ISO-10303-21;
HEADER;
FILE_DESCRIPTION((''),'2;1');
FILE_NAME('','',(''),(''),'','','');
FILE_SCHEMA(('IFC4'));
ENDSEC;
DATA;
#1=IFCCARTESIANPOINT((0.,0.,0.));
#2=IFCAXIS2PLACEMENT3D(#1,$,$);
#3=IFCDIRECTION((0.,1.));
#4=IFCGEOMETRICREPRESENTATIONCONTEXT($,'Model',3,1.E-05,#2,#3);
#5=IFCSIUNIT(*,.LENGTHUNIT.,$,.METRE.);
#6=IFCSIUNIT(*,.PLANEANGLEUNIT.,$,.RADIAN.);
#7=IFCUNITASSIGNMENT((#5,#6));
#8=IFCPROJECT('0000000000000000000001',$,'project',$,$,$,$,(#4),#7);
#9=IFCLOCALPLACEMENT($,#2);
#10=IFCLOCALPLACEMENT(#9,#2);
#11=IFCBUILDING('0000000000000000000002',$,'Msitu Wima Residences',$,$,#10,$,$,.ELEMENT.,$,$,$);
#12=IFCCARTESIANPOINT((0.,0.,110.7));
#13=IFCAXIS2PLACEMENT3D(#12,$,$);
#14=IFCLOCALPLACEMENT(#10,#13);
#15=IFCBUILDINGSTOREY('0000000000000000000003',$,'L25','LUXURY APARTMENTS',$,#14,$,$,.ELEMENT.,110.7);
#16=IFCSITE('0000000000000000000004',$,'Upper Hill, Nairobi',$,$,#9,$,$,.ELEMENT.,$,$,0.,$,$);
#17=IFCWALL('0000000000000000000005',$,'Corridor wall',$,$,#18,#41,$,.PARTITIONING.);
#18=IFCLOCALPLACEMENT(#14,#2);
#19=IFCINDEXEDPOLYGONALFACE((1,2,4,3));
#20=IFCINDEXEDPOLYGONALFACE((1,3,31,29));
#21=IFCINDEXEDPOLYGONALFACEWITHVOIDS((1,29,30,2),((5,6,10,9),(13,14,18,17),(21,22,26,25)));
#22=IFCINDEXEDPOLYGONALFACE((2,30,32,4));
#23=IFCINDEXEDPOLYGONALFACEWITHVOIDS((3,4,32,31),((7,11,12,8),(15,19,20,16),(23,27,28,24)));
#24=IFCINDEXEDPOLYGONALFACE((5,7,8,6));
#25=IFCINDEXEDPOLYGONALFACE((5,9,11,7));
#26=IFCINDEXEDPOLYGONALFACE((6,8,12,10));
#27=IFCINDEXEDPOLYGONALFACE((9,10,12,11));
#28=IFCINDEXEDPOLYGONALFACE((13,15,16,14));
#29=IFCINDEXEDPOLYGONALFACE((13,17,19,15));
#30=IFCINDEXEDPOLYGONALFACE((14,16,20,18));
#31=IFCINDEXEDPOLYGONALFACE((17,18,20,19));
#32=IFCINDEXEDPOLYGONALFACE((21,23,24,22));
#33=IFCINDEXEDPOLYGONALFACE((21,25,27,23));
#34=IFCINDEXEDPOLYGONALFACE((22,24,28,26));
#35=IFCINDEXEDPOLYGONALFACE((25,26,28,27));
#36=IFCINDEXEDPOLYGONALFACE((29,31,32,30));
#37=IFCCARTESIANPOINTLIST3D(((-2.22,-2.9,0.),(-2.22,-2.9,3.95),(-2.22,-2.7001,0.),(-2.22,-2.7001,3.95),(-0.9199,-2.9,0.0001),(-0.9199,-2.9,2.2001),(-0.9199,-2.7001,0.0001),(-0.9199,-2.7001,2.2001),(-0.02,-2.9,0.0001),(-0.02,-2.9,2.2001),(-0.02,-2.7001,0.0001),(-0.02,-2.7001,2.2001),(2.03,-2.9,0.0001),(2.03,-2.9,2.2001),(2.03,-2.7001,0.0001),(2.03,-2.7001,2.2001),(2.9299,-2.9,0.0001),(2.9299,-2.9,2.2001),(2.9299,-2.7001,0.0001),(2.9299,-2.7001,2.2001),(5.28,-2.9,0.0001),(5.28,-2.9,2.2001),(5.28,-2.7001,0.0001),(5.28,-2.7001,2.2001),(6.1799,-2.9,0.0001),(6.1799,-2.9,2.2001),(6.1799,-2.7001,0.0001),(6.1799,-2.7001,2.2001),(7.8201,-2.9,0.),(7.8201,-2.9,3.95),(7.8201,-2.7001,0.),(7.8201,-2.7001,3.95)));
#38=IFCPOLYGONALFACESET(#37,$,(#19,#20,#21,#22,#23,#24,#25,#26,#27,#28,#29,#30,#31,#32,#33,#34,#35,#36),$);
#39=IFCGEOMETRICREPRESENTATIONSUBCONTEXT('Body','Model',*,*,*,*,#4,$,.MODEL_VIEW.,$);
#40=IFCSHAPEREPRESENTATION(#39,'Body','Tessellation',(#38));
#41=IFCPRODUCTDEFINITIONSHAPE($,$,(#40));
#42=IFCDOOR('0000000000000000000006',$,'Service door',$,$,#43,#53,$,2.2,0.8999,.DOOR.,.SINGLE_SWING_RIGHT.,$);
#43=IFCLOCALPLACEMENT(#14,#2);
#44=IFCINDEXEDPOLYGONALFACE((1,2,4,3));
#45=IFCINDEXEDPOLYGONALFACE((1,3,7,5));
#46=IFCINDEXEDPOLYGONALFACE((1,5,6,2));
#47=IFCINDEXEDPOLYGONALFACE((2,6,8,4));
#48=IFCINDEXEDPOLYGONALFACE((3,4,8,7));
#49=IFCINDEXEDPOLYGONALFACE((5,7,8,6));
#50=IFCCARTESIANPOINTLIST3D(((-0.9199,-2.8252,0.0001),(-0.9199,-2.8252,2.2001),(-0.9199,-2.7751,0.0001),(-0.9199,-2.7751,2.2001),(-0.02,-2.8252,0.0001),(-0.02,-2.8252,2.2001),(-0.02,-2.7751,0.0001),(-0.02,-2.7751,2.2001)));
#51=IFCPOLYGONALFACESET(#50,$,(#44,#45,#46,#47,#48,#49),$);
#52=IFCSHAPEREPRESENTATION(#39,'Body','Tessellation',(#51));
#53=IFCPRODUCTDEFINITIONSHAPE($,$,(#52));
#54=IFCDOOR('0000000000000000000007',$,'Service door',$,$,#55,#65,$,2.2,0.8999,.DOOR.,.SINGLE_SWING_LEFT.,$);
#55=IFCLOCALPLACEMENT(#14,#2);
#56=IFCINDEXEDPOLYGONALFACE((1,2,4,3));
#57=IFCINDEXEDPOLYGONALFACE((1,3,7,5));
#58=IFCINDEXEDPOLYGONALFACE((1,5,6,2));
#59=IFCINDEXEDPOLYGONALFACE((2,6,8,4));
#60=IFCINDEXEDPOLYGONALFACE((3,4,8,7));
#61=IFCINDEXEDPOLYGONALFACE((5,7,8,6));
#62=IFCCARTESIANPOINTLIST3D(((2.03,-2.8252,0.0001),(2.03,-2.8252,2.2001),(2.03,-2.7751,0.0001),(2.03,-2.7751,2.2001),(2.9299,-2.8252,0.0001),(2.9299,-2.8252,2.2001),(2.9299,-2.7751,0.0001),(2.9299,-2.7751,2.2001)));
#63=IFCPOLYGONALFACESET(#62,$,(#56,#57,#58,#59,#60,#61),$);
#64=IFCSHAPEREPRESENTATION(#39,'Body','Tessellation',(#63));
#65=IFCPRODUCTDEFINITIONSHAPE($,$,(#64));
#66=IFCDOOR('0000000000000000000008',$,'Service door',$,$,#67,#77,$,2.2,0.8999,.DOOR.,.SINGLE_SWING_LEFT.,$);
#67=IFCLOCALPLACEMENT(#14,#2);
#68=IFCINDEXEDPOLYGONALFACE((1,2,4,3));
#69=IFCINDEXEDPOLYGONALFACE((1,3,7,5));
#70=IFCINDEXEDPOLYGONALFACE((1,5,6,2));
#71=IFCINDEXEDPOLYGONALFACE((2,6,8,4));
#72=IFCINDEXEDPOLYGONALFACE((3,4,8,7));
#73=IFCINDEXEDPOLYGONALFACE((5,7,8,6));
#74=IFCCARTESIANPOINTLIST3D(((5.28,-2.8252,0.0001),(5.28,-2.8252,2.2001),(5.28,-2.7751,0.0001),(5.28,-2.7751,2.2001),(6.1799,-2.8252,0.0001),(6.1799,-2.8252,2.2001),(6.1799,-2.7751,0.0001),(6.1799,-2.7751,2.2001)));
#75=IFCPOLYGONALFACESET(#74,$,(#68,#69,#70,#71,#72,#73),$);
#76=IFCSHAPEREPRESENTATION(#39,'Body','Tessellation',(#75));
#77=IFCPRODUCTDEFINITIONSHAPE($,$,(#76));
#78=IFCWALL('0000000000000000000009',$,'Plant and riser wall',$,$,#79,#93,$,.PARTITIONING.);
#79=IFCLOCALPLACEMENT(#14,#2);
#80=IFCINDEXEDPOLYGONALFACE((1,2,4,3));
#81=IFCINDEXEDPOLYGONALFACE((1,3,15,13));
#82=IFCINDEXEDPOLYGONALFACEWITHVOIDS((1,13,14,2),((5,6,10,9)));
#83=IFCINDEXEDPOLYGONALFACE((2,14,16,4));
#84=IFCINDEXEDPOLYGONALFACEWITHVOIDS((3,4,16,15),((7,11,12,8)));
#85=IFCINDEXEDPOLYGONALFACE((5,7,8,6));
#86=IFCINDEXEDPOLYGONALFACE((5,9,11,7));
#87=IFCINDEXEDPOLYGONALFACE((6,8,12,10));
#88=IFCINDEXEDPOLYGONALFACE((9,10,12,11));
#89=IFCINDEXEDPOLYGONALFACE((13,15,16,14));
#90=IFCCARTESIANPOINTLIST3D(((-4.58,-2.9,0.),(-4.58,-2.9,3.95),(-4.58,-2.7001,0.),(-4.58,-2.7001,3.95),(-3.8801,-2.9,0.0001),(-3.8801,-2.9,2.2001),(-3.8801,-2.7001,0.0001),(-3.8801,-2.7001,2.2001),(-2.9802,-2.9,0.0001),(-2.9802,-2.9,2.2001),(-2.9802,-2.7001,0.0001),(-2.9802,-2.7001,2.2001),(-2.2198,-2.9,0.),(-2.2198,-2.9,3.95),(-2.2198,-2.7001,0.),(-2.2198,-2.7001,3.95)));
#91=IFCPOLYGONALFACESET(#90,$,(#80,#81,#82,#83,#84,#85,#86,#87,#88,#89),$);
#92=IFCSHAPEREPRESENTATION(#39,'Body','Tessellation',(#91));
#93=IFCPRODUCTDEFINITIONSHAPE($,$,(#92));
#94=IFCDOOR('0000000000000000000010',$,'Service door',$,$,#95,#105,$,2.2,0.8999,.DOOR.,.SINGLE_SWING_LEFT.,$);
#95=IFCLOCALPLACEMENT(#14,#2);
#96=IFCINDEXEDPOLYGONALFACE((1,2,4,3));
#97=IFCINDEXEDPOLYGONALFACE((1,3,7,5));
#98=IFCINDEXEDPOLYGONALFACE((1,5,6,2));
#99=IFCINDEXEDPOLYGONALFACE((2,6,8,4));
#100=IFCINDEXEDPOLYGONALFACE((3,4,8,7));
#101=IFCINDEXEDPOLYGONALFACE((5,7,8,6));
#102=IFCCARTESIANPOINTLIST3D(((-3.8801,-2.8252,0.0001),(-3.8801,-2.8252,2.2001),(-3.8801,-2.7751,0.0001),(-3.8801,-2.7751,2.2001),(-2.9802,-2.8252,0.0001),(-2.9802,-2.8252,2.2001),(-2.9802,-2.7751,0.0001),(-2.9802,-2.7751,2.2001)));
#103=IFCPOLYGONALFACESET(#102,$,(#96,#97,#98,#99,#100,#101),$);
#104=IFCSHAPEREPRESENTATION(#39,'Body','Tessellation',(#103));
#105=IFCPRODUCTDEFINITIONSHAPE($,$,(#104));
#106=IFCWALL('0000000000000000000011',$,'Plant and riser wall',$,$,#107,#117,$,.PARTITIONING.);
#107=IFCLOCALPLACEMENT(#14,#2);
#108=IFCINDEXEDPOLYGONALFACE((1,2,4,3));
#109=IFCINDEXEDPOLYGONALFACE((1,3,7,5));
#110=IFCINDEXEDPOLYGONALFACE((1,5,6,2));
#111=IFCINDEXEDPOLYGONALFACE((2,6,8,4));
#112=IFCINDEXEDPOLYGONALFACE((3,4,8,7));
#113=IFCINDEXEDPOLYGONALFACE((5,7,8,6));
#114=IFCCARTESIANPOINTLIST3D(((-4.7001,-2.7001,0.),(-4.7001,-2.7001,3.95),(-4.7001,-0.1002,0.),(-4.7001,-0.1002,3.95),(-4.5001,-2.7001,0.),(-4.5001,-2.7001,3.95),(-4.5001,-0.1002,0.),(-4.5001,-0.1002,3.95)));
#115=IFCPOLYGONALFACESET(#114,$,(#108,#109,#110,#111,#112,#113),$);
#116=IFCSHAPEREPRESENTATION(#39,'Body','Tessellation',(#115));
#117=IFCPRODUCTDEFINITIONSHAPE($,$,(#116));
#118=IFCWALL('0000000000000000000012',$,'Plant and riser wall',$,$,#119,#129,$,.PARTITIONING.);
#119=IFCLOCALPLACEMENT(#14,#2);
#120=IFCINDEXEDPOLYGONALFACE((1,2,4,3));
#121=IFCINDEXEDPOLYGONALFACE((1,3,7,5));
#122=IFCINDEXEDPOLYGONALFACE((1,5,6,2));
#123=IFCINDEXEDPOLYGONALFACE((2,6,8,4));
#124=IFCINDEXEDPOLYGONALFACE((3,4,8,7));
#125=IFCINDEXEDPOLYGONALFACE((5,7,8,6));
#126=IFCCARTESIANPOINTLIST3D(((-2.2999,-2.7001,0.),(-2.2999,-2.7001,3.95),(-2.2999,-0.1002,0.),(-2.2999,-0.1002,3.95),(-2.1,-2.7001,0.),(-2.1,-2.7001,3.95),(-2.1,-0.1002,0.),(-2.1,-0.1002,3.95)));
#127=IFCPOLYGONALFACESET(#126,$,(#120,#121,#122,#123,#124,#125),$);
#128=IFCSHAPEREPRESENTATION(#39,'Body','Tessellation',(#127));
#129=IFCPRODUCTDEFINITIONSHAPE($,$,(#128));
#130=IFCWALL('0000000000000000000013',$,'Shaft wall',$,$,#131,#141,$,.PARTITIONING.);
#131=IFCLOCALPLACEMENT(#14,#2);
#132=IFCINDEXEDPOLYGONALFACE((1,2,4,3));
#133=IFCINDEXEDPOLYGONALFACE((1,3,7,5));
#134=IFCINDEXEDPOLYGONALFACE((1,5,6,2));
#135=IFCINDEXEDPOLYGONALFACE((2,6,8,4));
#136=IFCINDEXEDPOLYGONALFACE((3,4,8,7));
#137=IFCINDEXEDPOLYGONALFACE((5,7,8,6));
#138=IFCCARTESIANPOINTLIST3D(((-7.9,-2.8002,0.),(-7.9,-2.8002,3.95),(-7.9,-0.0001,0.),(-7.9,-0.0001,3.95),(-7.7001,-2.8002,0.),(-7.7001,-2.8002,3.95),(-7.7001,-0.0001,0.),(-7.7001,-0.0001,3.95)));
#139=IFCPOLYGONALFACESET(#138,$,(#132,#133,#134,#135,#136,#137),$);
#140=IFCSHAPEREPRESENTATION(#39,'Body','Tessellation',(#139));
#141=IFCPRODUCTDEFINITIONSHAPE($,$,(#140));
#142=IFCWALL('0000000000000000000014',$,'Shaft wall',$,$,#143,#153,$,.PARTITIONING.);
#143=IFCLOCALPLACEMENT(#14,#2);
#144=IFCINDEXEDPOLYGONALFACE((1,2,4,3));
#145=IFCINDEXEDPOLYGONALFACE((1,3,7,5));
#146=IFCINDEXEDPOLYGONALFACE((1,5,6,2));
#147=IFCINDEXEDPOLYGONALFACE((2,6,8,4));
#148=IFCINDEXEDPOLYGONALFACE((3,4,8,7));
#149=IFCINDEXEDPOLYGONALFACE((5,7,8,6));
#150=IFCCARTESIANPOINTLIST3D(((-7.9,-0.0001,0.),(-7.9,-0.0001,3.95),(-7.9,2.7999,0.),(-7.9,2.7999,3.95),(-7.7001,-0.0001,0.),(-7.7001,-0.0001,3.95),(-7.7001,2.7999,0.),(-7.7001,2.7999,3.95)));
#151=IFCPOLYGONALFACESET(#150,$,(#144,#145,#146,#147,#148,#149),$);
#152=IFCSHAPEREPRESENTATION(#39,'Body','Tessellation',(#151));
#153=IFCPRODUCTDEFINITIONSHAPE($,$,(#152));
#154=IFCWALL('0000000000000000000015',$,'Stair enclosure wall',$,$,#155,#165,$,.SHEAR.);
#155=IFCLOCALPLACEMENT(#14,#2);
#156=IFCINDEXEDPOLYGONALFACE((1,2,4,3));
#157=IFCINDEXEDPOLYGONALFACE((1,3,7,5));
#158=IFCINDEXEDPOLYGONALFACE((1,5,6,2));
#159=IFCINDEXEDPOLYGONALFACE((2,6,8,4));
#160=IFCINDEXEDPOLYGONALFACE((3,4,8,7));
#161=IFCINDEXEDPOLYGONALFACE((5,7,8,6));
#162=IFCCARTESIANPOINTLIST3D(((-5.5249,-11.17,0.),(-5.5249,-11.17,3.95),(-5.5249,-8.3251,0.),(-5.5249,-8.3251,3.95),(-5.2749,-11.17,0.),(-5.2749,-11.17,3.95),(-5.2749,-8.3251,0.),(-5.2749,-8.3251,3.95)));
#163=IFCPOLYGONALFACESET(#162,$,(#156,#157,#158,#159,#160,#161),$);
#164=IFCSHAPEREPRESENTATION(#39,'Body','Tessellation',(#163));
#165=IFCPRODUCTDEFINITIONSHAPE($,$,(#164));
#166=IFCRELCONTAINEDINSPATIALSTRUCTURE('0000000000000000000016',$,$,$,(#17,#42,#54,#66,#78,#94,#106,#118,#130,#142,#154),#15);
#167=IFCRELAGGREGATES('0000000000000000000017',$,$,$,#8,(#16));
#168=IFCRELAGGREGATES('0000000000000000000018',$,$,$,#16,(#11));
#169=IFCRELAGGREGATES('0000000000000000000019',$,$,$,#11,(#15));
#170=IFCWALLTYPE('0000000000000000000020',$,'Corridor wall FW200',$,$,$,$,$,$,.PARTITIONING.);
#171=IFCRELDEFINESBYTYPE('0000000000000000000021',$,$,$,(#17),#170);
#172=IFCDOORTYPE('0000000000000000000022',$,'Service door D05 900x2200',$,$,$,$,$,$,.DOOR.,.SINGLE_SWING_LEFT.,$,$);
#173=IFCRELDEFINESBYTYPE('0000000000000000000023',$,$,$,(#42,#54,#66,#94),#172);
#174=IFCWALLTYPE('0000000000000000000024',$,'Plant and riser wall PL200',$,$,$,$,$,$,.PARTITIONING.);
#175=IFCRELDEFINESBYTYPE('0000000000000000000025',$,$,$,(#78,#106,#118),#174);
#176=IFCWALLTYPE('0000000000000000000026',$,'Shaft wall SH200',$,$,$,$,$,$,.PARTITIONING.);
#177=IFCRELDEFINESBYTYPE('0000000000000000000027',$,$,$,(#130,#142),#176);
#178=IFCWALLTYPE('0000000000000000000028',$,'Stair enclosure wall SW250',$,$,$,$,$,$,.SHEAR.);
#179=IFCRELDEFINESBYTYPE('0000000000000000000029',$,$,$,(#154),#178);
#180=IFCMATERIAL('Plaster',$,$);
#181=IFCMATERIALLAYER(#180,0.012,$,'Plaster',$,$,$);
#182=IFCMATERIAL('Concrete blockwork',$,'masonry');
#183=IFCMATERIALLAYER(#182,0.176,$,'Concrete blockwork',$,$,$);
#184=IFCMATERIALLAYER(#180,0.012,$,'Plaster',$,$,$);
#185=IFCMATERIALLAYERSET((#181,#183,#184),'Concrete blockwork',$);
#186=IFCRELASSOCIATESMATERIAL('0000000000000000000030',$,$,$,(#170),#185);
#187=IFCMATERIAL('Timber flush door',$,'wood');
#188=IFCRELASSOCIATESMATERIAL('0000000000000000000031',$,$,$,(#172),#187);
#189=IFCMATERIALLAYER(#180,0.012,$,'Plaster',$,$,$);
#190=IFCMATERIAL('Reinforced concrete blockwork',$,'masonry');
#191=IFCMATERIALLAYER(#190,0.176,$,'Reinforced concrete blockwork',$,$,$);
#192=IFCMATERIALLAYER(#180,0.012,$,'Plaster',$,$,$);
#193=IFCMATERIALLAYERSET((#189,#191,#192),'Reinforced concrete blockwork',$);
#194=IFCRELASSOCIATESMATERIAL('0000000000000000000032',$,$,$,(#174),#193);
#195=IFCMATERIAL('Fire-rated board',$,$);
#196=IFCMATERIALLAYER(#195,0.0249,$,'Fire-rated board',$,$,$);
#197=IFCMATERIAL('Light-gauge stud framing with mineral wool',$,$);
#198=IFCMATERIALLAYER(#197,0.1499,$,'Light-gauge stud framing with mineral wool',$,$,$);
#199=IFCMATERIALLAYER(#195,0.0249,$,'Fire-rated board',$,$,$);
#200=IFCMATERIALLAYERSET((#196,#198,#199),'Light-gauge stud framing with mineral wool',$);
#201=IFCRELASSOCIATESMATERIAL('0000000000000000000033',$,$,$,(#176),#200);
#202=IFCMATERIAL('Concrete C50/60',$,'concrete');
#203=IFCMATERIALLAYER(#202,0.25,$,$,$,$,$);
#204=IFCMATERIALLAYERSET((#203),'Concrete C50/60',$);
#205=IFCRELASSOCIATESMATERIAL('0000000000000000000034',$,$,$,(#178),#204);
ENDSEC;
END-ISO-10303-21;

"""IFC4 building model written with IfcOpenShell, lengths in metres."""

from ifc_helpers import new_model, si_unit, direction, frame, frame_2d, origin, place, context, subcontext, project, spatial, rectangle, extrude, material, layer, layer_set, type_object, element, fill, save


model = new_model("IFC4")

# Units and contexts
model_context = context("Model", 3, precision=1e-05, world=origin(), true_north=direction((0.0, 1.0)))
body_context = subcontext(model_context, "Body", "Model", "MODEL_VIEW")
ifc_project = project(units=[si_unit("LENGTHUNIT", "METRE"), si_unit("PLANEANGLEUNIT", "RADIAN")], contexts=[model_context])

# Site, building, storey
site_placement = place(None, origin())
site = spatial("IfcSite", under=ifc_project, at=site_placement, Name="Upper Hill, Nairobi", CompositionType="ELEMENT", RefElevation=0.0)
building_placement = place(site_placement, origin())
building = spatial("IfcBuilding", under=site, at=building_placement, Name="Msitu Wima Residences", CompositionType="ELEMENT")
storey_placement = place(building_placement, frame((0.0, 0.0, 110.7)))
storey = spatial("IfcBuildingStorey", under=building, at=storey_placement, Name="L25", Description="LUXURY APARTMENTS", CompositionType="ELEMENT", Elevation=110.7)

# Shared definitions
ifc_material_1 = material(Name="Plaster")
ifc_layer_1 = layer(ifc_material_1, 0.012, Name="Plaster")
ifc_material_2 = material(Name="Concrete blockwork", Category="masonry")
ifc_layer_2 = layer(ifc_material_2, 0.176, Name="Concrete blockwork")
ifc_layer_3 = layer(ifc_material_1, 0.012, Name="Plaster")
ifc_layer_set_1 = layer_set([ifc_layer_1, ifc_layer_2, ifc_layer_3], Name="Concrete blockwork")
wall_type_1 = type_object("IfcWallType", Name="Corridor wall FW200", PredefinedType="PARTITIONING", material=ifc_layer_set_1)
ifc_material_3 = material(Name="Timber flush door", Category="wood")
door_type_1 = type_object("IfcDoorType", Name="Service door D05 900x2200", OperationType="SINGLE_SWING_LEFT", PredefinedType="DOOR", material=ifc_material_3)

# Wall, openings, doors
wall_1_placement = place(storey_placement, frame((-2.22, -2.8, 0.0), z_axis=(0.0, 0.0, 1.0), x_axis=(1.0, 0.0, 0.0)))
wall_1 = element("IfcWall", 1, at=wall_1_placement, inside=storey, type_object=wall_type_1, Name="Corridor wall", PredefinedType="PARTITIONING", context=body_context, shape_type="SweptSolid", body=[
    extrude(rectangle(XDim=10.04, YDim=0.2, at=frame_2d((5.02, 0.0))), origin(), (0.0, 0.0, 1.0), 3.95),
])
opening_1_placement = place(wall_1_placement, frame((1.3, 0.0, 0.0)))
opening_1 = element("IfcOpeningElement", 2, at=opening_1_placement, cuts=wall_1, PredefinedType="OPENING", context=body_context, shape_type="SweptSolid", body=[
    extrude(rectangle(XDim=0.8999, YDim=2.2, at=frame_2d((0.45, 1.1001))), frame((0.0, 0.1099, 0.0), z_axis=(0.0, -1.0, 0.0), x_axis=(1.0, 0.0, 0.0)), (0.0, 0.0, 1.0), 0.22),
])
opening_2_placement = place(wall_1_placement, frame((4.25, 0.0, 0.0)))
opening_2 = element("IfcOpeningElement", 3, at=opening_2_placement, cuts=wall_1, PredefinedType="OPENING", context=body_context, shape_type="SweptSolid", body=[
    extrude(rectangle(XDim=0.8999, YDim=2.2, at=frame_2d((0.45, 1.1001))), frame((0.0, 0.1099, 0.0), z_axis=(0.0, -1.0, 0.0), x_axis=(1.0, 0.0, 0.0)), (0.0, 0.0, 1.0), 0.22),
])
opening_3_placement = place(wall_1_placement, frame((7.5, 0.0, 0.0)))
opening_3 = element("IfcOpeningElement", 4, at=opening_3_placement, cuts=wall_1, PredefinedType="OPENING", context=body_context, shape_type="SweptSolid", body=[
    extrude(rectangle(XDim=0.8999, YDim=2.2, at=frame_2d((0.45, 1.1001))), frame((0.0, 0.1099, 0.0), z_axis=(0.0, -1.0, 0.0), x_axis=(1.0, 0.0, 0.0)), (0.0, 0.0, 1.0), 0.22),
])
door_1_placement = place(opening_1_placement, origin())
door_1 = element("IfcDoor", 5, at=door_1_placement, inside=storey, type_object=door_type_1, Name="Service door", OperationType="SINGLE_SWING_RIGHT", OverallHeight=2.2, OverallWidth=0.8999, PredefinedType="DOOR", context=body_context, shape_type="SweptSolid", body=[
    extrude(rectangle(XDim=0.8999, YDim=2.2, at=frame_2d((0.45, 1.1001))), frame((0.0, 0.0249, 0.0), z_axis=(0.0, -1.0, 0.0), x_axis=(1.0, 0.0, 0.0)), (0.0, 0.0, 1.0), 0.05),
])
fill(opening_1, door_1)
door_2_placement = place(opening_2_placement, origin())
door_2 = element("IfcDoor", 6, at=door_2_placement, inside=storey, type_object=door_type_1, Name="Service door", OperationType="SINGLE_SWING_LEFT", OverallHeight=2.2, OverallWidth=0.8999, PredefinedType="DOOR", context=body_context, shape_type="SweptSolid", body=[
    extrude(rectangle(XDim=0.8999, YDim=2.2, at=frame_2d((0.45, 1.1001))), frame((0.0, 0.0249, 0.0), z_axis=(0.0, -1.0, 0.0), x_axis=(1.0, 0.0, 0.0)), (0.0, 0.0, 1.0), 0.05),
])
fill(opening_2, door_2)
door_3_placement = place(opening_3_placement, origin())
door_3 = element("IfcDoor", 7, at=door_3_placement, inside=storey, type_object=door_type_1, Name="Service door", OperationType="SINGLE_SWING_LEFT", OverallHeight=2.2, OverallWidth=0.8999, PredefinedType="DOOR", context=body_context, shape_type="SweptSolid", body=[
    extrude(rectangle(XDim=0.8999, YDim=2.2, at=frame_2d((0.45, 1.1001))), frame((0.0, 0.0249, 0.0), z_axis=(0.0, -1.0, 0.0), x_axis=(1.0, 0.0, 0.0)), (0.0, 0.0, 1.0), 0.05),
])
fill(opening_3, door_3)

# Wall, opening, door
ifc_layer_4 = layer(ifc_material_1, 0.012, Name="Plaster")
ifc_material_4 = material(Name="Reinforced concrete blockwork", Category="masonry")
ifc_layer_5 = layer(ifc_material_4, 0.176, Name="Reinforced concrete blockwork")
ifc_layer_6 = layer(ifc_material_1, 0.012, Name="Plaster")
ifc_layer_set_2 = layer_set([ifc_layer_4, ifc_layer_5, ifc_layer_6], Name="Reinforced concrete blockwork")
wall_type_2 = type_object("IfcWallType", Name="Plant and riser wall PL200", PredefinedType="PARTITIONING", material=ifc_layer_set_2)
wall_2_placement = place(storey_placement, frame((-4.5801, -2.8, 0.0), z_axis=(0.0, 0.0, 1.0), x_axis=(1.0, 0.0, 0.0)))
wall_2 = element("IfcWall", 8, at=wall_2_placement, inside=storey, type_object=wall_type_2, Name="Plant and riser wall", PredefinedType="PARTITIONING", context=body_context, shape_type="SweptSolid", body=[
    extrude(rectangle(XDim=2.3601, YDim=0.2, at=frame_2d((1.1802, 0.0))), origin(), (0.0, 0.0, 1.0), 3.95),
])
opening_4_placement = place(wall_2_placement, frame((0.7, 0.0, 0.0)))
opening_4 = element("IfcOpeningElement", 9, at=opening_4_placement, cuts=wall_2, PredefinedType="OPENING", context=body_context, shape_type="SweptSolid", body=[
    extrude(rectangle(XDim=0.8999, YDim=2.2, at=frame_2d((0.45, 1.1001))), frame((0.0, 0.1099, 0.0), z_axis=(0.0, -1.0, 0.0), x_axis=(1.0, 0.0, 0.0)), (0.0, 0.0, 1.0), 0.22),
])
door_4_placement = place(opening_4_placement, origin())
door_4 = element("IfcDoor", 10, at=door_4_placement, inside=storey, type_object=door_type_1, Name="Service door", OperationType="SINGLE_SWING_LEFT", OverallHeight=2.2, OverallWidth=0.8999, PredefinedType="DOOR", context=body_context, shape_type="SweptSolid", body=[
    extrude(rectangle(XDim=0.8999, YDim=2.2, at=frame_2d((0.45, 1.1001))), frame((0.0, 0.0249, 0.0), z_axis=(0.0, -1.0, 0.0), x_axis=(1.0, 0.0, 0.0)), (0.0, 0.0, 1.0), 0.05),
])
fill(opening_4, door_4)

# Walls
for number, where, z_axis, x_axis, name in (
    (11, (-4.6001, -2.7, 0.0), (0.0, 0.0, 1.0), (0.0, 1.0, 0.0), "Plant and riser wall"),
    (12, (-2.2, -2.7, 0.0), (0.0, 0.0, 1.0), (0.0, 1.0, 0.0), "Plant and riser wall"),
):
    element("IfcWall", number, at=place(storey_placement, frame(where, z_axis=z_axis, x_axis=x_axis)), inside=storey, type_object=wall_type_2, Name=name, PredefinedType="PARTITIONING", context=body_context, shape_type="SweptSolid", body=[
        extrude(rectangle(XDim=2.5999, YDim=0.2, at=frame_2d((1.2998, 0.0))), origin(), (0.0, 0.0, 1.0), 3.95),
    ])
ifc_material_5 = material(Name="Fire-rated board")
ifc_layer_7 = layer(ifc_material_5, 0.0249, Name="Fire-rated board")
ifc_material_6 = material(Name="Light-gauge stud framing with mineral wool")
ifc_layer_8 = layer(ifc_material_6, 0.1499, Name="Light-gauge stud framing with mineral wool")
ifc_layer_9 = layer(ifc_material_5, 0.0249, Name="Fire-rated board")
ifc_layer_set_3 = layer_set([ifc_layer_7, ifc_layer_8, ifc_layer_9], Name="Light-gauge stud framing with mineral wool")
wall_type_3 = type_object("IfcWallType", Name="Shaft wall SH200", PredefinedType="PARTITIONING", material=ifc_layer_set_3)
for number, where, z_axis, x_axis, name in (
    (13, (-7.8, -2.8, 0.0), (0.0, 0.0, 1.0), (0.0, 1.0, 0.0), "Shaft wall"),
    (14, (-7.8, 0.0, 0.0), (0.0, 0.0, 1.0), (0.0, 1.0, 0.0), "Shaft wall"),
):
    element("IfcWall", number, at=place(storey_placement, frame(where, z_axis=z_axis, x_axis=x_axis)), inside=storey, type_object=wall_type_3, Name=name, PredefinedType="PARTITIONING", context=body_context, shape_type="SweptSolid", body=[
        extrude(rectangle(XDim=2.8, YDim=0.2, at=frame_2d((1.3999, 0.0))), origin(), (0.0, 0.0, 1.0), 3.95),
    ])
ifc_material_7 = material(Name="Concrete C50/60", Category="concrete")
ifc_layer_10 = layer(ifc_material_7, 0.25)
ifc_layer_set_4 = layer_set([ifc_layer_10], Name="Concrete C50/60")
wall_type_4 = type_object("IfcWallType", Name="Stair enclosure wall SW250", PredefinedType="SHEAR", material=ifc_layer_set_4)
wall_3_placement = place(storey_placement, frame((-5.3999, -11.1699, 0.0), z_axis=(0.0, 0.0, 1.0), x_axis=(0.0, 1.0, 0.0)))
element("IfcWall", 15, at=wall_3_placement, inside=storey, type_object=wall_type_4, Name="Stair enclosure wall", PredefinedType="SHEAR", context=body_context, shape_type="SweptSolid", body=[
    extrude(rectangle(XDim=2.845, YDim=0.25, at=frame_2d((1.4224, 0.0))), origin(), (0.0, 0.0, 1.0), 3.95),
])

save(model, "model.ifc")
